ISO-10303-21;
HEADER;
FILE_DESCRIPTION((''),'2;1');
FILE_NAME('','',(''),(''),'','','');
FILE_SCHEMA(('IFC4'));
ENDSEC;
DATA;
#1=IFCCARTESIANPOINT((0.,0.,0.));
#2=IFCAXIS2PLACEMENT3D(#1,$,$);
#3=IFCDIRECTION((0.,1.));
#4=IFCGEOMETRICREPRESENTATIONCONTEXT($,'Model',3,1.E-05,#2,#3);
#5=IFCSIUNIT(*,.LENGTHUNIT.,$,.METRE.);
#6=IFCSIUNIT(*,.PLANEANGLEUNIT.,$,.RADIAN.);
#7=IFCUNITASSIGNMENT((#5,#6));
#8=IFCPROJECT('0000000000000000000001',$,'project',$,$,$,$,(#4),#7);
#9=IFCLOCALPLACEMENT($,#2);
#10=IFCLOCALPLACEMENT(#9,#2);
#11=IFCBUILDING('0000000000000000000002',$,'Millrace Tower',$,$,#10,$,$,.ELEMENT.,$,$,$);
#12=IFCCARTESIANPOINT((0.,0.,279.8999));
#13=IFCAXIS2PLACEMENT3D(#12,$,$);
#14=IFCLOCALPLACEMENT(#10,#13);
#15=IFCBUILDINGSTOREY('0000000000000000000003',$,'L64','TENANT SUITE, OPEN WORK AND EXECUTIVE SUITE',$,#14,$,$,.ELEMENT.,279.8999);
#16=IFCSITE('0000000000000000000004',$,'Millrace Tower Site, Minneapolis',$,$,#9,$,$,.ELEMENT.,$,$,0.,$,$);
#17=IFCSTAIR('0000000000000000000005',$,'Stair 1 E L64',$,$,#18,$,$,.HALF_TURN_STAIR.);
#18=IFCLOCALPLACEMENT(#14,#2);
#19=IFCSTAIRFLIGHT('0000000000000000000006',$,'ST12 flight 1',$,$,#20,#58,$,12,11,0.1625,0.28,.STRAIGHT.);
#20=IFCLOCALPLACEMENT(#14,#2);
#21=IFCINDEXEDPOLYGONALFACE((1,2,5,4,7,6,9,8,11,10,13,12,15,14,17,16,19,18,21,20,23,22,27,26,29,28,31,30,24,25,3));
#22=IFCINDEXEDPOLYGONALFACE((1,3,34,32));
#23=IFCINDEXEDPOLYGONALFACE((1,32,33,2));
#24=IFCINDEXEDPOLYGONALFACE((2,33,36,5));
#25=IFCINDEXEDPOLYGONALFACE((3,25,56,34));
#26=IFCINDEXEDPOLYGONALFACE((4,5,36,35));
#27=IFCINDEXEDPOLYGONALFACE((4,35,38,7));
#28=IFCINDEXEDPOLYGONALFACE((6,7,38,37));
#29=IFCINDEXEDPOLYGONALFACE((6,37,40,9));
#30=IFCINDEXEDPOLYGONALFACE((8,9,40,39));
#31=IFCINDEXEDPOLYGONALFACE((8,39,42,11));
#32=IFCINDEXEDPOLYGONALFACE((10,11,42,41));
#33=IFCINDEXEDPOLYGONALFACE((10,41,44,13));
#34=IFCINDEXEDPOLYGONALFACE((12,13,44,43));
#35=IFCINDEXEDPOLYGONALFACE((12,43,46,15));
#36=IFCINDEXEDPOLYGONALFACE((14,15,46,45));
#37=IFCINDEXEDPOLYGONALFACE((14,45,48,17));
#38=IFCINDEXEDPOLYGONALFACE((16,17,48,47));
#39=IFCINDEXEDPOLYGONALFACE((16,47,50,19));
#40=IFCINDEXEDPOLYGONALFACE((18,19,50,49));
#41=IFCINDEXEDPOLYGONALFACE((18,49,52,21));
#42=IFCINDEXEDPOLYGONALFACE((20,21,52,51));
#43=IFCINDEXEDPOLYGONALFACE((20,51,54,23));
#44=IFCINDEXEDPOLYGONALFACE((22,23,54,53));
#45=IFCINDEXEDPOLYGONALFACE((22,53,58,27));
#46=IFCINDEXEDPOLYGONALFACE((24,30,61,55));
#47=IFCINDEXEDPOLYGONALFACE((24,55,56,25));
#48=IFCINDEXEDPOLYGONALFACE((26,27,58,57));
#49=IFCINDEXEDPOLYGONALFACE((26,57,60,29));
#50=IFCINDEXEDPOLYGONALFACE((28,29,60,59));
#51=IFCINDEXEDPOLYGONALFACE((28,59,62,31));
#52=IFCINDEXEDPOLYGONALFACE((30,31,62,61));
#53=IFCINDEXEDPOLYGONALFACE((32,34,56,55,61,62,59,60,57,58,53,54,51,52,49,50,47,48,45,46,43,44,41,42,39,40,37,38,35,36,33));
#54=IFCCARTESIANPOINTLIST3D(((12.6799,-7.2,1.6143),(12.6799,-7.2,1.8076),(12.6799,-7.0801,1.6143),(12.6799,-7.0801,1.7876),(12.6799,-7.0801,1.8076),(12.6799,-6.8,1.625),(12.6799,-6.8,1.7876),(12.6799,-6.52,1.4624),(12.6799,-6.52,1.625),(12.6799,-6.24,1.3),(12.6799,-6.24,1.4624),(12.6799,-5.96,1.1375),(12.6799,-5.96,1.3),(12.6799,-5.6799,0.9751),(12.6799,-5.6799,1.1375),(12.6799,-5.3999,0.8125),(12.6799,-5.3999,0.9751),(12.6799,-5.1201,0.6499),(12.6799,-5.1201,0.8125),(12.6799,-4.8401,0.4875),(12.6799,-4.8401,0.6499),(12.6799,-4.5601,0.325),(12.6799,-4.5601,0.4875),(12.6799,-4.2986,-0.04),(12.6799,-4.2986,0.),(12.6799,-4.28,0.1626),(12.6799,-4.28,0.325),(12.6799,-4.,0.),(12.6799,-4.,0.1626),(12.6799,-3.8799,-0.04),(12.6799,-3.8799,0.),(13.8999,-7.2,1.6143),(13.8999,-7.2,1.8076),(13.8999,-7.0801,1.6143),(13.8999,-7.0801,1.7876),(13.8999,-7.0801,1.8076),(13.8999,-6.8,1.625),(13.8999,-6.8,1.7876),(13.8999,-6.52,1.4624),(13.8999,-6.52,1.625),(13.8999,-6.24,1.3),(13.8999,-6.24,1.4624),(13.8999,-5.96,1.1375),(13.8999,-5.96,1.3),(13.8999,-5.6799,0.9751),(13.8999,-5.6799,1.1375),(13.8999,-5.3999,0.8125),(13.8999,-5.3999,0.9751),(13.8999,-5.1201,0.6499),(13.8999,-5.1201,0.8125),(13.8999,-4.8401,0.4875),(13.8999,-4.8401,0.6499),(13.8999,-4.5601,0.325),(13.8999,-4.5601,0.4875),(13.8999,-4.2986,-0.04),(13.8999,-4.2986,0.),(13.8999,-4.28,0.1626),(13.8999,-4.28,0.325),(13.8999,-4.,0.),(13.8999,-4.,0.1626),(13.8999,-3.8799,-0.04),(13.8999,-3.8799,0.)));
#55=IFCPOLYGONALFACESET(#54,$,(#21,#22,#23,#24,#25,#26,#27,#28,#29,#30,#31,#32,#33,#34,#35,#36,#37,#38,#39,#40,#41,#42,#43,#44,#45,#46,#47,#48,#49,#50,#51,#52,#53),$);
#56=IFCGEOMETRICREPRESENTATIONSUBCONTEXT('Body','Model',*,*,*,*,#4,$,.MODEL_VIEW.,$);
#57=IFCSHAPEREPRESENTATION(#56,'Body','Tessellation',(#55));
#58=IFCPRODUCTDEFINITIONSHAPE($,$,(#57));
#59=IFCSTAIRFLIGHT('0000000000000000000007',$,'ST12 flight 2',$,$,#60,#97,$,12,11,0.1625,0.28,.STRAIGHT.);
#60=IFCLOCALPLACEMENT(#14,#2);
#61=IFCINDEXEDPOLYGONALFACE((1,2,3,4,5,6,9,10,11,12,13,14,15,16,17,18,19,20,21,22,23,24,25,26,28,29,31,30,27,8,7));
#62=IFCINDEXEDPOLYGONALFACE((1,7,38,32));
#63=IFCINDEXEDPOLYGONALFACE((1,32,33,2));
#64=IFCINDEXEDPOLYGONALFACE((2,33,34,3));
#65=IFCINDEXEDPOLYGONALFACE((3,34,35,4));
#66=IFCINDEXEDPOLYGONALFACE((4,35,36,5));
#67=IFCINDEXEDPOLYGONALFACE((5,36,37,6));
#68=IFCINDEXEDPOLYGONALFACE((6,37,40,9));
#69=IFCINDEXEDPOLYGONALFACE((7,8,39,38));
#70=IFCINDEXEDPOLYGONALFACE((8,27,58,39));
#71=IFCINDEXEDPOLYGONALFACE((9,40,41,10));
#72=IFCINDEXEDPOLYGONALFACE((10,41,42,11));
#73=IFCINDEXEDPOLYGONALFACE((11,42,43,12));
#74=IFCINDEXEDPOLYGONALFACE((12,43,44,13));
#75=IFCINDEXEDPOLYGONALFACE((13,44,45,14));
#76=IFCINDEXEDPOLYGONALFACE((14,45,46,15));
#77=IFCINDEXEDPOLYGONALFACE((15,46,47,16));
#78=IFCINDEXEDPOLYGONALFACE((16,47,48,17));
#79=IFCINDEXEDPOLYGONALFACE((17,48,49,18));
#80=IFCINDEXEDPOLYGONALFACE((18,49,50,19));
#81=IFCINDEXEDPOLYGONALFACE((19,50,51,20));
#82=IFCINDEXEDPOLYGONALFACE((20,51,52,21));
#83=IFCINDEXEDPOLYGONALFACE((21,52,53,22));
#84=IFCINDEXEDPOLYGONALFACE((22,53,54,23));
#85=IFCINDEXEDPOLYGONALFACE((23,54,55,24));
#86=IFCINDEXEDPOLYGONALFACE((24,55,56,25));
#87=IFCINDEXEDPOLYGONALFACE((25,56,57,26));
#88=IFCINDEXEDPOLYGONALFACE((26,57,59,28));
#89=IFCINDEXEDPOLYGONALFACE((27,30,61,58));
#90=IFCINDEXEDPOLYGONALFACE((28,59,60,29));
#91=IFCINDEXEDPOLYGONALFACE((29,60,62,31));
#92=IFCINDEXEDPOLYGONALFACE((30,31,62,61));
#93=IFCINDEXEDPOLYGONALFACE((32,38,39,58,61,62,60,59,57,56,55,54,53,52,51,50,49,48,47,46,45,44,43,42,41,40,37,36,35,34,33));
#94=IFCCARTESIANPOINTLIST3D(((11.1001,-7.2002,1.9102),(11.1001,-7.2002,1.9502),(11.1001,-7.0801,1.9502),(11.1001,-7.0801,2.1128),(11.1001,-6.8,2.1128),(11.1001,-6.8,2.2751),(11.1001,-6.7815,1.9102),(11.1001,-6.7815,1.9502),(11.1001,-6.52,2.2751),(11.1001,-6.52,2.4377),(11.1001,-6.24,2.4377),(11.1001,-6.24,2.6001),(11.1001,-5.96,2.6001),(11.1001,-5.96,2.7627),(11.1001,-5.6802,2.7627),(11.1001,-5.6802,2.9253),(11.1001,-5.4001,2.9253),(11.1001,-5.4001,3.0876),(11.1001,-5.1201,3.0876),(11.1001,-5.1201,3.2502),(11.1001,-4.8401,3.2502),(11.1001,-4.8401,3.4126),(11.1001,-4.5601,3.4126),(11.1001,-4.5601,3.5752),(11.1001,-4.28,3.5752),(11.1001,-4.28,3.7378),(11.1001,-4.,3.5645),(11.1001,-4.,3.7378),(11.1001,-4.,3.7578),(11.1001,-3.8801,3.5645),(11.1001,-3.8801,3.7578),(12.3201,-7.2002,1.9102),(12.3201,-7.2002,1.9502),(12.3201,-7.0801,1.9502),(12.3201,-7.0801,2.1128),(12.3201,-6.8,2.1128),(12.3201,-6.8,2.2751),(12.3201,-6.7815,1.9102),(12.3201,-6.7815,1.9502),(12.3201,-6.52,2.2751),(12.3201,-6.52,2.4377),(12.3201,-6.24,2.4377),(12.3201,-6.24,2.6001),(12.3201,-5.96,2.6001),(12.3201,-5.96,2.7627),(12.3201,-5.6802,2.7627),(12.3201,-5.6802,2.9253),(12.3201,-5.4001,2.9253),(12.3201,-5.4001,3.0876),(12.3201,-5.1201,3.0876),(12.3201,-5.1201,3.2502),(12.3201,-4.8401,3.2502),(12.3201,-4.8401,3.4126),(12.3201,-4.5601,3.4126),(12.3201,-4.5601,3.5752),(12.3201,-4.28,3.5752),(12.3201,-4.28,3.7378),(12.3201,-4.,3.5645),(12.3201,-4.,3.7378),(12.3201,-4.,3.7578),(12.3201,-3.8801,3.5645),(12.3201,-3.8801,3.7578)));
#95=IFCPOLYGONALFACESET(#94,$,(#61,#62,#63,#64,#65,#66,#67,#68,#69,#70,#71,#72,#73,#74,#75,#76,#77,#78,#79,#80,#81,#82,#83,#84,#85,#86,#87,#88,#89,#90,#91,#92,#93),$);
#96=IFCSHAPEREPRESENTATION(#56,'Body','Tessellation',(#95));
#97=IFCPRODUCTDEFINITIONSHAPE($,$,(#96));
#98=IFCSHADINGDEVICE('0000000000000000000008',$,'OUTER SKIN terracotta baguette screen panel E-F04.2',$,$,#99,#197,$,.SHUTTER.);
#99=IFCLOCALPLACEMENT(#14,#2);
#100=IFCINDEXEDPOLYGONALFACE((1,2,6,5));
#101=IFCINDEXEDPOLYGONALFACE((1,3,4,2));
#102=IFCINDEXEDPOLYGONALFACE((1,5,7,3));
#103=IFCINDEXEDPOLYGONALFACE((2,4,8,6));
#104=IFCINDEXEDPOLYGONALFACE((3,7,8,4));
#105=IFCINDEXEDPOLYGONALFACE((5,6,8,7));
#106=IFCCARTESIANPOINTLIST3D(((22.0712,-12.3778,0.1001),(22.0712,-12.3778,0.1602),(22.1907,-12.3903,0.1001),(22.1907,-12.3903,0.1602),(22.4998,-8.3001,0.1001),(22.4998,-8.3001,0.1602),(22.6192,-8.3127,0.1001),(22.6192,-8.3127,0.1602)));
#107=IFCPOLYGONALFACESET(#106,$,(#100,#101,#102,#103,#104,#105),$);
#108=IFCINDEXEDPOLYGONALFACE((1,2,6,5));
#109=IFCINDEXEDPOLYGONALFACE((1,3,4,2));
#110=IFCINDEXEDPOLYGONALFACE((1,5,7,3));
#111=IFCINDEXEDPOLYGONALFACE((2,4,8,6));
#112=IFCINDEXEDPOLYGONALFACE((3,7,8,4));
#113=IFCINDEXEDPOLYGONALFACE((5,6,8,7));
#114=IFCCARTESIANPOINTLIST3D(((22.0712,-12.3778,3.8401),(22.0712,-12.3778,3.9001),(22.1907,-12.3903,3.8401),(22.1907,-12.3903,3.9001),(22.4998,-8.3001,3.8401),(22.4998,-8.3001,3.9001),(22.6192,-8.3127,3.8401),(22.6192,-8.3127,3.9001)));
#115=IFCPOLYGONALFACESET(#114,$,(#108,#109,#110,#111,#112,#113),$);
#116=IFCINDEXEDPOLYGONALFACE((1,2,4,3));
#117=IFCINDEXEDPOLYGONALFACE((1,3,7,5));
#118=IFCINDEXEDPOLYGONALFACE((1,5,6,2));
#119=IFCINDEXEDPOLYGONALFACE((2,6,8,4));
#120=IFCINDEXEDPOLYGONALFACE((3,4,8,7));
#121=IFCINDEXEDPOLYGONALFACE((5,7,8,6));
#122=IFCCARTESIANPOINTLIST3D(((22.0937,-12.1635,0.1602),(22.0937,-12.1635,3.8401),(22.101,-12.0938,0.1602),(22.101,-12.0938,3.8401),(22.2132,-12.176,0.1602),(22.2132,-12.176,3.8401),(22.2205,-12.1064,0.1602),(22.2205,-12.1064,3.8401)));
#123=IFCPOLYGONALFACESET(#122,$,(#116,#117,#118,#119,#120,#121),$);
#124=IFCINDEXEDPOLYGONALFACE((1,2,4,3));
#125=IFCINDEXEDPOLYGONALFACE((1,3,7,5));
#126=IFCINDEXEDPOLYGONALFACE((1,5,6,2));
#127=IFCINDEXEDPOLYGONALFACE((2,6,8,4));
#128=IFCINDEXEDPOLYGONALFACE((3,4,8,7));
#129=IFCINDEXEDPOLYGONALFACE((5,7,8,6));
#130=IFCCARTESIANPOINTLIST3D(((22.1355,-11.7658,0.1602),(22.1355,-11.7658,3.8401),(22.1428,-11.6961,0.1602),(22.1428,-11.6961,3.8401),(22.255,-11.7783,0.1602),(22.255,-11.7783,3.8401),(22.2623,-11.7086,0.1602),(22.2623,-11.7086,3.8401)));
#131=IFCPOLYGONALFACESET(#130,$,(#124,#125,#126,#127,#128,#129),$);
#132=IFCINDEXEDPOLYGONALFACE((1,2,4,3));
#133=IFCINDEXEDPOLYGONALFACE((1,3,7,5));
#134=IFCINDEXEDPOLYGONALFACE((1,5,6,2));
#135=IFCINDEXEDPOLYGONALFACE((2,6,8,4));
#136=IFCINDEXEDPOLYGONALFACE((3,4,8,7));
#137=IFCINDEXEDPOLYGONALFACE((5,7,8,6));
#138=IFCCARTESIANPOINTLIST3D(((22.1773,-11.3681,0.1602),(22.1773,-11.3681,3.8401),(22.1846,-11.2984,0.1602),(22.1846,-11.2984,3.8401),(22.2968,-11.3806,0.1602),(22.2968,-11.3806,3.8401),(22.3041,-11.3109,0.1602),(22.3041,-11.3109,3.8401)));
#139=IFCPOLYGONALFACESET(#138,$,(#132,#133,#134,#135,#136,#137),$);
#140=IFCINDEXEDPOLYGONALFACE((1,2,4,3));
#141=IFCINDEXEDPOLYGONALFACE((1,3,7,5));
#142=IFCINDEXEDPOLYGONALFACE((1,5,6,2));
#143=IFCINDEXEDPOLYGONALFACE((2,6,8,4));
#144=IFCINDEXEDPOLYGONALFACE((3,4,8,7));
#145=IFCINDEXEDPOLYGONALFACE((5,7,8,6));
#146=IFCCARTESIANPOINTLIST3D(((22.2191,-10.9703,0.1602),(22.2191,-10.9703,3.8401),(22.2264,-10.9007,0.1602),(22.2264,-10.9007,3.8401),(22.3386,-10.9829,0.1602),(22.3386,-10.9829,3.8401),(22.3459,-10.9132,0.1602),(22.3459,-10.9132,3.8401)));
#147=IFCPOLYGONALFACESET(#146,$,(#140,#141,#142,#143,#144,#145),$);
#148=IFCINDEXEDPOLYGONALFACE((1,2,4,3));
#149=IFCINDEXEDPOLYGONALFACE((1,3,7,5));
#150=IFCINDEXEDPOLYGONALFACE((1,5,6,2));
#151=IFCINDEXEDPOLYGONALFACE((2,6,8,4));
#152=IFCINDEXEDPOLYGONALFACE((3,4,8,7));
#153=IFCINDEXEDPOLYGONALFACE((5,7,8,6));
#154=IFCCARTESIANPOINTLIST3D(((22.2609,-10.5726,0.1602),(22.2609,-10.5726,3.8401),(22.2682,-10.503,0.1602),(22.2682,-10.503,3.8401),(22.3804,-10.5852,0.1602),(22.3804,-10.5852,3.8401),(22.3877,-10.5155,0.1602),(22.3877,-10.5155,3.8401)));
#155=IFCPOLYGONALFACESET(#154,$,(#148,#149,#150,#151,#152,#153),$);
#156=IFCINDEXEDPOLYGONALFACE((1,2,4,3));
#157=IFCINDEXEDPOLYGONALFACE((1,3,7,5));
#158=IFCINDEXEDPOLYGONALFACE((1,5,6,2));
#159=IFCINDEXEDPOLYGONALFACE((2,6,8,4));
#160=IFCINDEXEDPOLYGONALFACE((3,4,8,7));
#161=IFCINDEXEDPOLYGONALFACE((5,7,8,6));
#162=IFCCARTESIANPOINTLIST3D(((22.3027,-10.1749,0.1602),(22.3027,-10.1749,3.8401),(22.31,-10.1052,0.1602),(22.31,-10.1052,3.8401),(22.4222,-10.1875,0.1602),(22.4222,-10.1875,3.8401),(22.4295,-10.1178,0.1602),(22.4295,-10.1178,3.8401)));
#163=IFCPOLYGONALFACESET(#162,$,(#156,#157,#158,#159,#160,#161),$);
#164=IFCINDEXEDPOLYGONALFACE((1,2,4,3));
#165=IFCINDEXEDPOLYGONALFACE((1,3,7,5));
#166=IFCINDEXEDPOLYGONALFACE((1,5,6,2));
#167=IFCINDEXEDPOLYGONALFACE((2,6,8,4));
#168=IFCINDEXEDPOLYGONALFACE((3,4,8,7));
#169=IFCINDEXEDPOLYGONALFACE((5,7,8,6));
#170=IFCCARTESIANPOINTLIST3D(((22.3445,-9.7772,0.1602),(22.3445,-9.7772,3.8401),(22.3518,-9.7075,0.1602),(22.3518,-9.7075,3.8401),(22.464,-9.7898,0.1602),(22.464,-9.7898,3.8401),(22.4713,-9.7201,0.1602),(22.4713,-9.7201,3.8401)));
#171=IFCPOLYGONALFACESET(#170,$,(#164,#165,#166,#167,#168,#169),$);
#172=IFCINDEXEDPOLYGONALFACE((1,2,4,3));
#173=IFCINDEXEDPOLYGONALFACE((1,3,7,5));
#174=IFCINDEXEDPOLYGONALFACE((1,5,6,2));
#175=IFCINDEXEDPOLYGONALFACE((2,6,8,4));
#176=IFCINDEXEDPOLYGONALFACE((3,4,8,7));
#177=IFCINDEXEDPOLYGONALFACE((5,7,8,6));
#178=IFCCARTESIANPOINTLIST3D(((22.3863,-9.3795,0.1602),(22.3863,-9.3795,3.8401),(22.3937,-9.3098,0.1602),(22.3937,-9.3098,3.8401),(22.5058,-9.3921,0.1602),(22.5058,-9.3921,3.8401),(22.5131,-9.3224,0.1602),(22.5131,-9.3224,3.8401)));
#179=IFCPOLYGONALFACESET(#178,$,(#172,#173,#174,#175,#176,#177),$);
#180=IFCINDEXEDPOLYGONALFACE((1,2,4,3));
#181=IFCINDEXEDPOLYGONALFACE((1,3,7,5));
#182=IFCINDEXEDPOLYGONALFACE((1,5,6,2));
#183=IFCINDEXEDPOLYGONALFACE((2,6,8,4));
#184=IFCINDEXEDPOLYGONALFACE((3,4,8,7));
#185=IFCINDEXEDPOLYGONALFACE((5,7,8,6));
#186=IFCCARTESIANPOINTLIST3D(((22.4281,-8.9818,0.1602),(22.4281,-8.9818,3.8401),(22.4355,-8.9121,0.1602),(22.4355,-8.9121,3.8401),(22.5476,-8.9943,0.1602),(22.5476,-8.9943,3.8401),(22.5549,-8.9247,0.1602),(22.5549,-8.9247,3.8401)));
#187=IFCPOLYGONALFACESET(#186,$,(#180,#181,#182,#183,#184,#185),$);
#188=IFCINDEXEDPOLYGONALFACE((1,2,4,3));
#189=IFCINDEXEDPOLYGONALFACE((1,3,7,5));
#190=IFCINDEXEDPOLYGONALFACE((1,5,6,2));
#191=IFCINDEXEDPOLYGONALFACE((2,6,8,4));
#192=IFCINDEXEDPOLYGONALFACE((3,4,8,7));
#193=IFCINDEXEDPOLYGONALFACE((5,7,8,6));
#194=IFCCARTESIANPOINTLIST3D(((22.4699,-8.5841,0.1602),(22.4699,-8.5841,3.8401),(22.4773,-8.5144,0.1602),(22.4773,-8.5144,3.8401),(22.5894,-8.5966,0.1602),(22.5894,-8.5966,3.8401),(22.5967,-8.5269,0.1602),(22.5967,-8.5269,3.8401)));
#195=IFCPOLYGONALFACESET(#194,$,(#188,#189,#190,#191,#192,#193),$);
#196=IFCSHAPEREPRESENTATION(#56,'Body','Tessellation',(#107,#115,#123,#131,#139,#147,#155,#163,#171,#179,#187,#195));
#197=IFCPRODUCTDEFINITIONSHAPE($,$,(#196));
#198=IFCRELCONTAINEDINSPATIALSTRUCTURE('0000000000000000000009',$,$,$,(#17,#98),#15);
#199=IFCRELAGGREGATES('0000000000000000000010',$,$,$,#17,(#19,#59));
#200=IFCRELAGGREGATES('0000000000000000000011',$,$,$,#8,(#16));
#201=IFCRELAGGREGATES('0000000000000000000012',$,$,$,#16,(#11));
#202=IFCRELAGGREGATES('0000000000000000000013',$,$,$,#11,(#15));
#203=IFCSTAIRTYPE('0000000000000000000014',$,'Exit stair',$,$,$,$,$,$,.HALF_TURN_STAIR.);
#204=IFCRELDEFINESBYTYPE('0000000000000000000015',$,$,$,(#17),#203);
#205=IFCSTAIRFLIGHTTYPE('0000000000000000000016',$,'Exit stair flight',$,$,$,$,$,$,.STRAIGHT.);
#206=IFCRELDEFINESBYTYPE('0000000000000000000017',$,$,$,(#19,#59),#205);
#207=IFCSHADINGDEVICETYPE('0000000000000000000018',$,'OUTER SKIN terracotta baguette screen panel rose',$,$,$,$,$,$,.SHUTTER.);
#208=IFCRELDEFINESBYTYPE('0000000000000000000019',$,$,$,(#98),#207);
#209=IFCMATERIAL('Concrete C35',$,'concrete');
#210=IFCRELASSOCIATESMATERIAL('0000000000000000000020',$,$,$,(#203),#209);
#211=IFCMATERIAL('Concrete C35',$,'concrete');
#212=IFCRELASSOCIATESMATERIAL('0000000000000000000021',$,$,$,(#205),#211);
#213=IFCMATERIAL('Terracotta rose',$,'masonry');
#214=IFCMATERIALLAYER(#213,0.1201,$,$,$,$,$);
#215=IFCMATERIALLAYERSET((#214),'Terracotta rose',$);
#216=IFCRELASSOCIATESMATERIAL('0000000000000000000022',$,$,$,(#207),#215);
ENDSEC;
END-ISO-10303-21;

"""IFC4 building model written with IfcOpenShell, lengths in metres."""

from ifc_helpers import new_model, entity, si_unit, direction, frame, frame_2d, origin, place, context, subcontext, project, spatial, polyline, rectangle, outline, extrude, source, transform, mapped, material, layer, layer_set, type_object, element, aggregate, save


model = new_model("IFC4")

# Units and contexts
model_context = context("Model", 3, precision=1e-05, world=origin(), true_north=direction((0.0, 1.0)))
body_context = subcontext(model_context, "Body", "Model", "MODEL_VIEW")
ifc_project = project(units=[si_unit("LENGTHUNIT", "METRE"), si_unit("PLANEANGLEUNIT", "RADIAN")], contexts=[model_context])

# Site, building, storey
site_placement = place(None, origin())
site = spatial("IfcSite", under=ifc_project, at=site_placement, Name="Millrace Tower Site, Minneapolis", CompositionType="ELEMENT", RefElevation=0.0)
building_placement = place(site_placement, origin())
building = spatial("IfcBuilding", under=site, at=building_placement, Name="Millrace Tower", CompositionType="ELEMENT")
storey_placement = place(building_placement, frame((0.0, 0.0, 279.8999)))
storey = spatial("IfcBuildingStorey", under=building, at=storey_placement, Name="L64", Description="TENANT SUITE, OPEN WORK AND EXECUTIVE SUITE", CompositionType="ELEMENT", Elevation=279.8999)

# Shared definitions
placement = place(storey_placement, origin())

# Stair, stair flights
ifc_material_1 = material(Name="Concrete C35", Category="concrete")
stair_type = type_object("IfcStairType", Name="Exit stair", PredefinedType="HALF_TURN_STAIR", material=ifc_material_1)
stair = element("IfcStair", 1, at=placement, inside=storey, type_object=stair_type, Name="Stair 1 E L64", PredefinedType="HALF_TURN_STAIR")
ifc_material_2 = material(Name="Concrete C35", Category="concrete")
stair_flight_type = type_object("IfcStairFlightType", Name="Exit stair flight", PredefinedType="STRAIGHT", material=ifc_material_2)
stair_flight_1_placement = place(storey_placement, frame((13.29, -4.0, 0.0), z_axis=(0.0, 0.0, 1.0), x_axis=(0.0, -1.0, 0.0)))
stair_flight_1 = element("IfcStairFlight", 2, at=stair_flight_1_placement, type_object=stair_flight_type, Name="ST12 flight 1", NumberOfRisers=12, NumberOfTreads=11, PredefinedType="STRAIGHT", RiserHeight=0.1625, TreadLength=0.28, context=body_context, shape_type="SweptSolid", body=[
    extrude(outline(polyline([(-0.1201, -0.04), (-0.1201, 0.0), (0.0, 0.0), (0.0, 0.1626), (0.28, 0.1626), (0.28, 0.325), (0.5601, 0.325), (0.5601, 0.4875), (0.8401, 0.4875), (0.8401, 0.6499), (1.1201, 0.6499), (1.1201, 0.8125), (1.3999, 0.8125), (1.3999, 0.9751), (1.6799, 0.9751), (1.6799, 1.1375), (1.96, 1.1375), (1.96, 1.3), (2.24, 1.3), (2.24, 1.4624), (2.52, 1.4624), (2.52, 1.625), (2.8, 1.625), (2.8, 1.7876), (3.0801, 1.7876), (3.0801, 1.8076), (3.2, 1.8076), (3.2, 1.6143), (3.0801, 1.6143), (0.2986, 0.0), (0.2986, -0.04), (-0.1201, -0.04)])), frame((0.0, 0.6099, 0.0), z_axis=(0.0, -1.0, 0.0), x_axis=(1.0, 0.0, 0.0)), (0.0, 0.0, 1.0), 1.22),
])
stair_flight_2_placement = place(storey_placement, frame((11.71, -7.0801, 1.9502), z_axis=(0.0, 0.0, 1.0), x_axis=(0.0, 1.0, 0.0)))
stair_flight_2 = element("IfcStairFlight", 3, at=stair_flight_2_placement, type_object=stair_flight_type, Name="ST12 flight 2", NumberOfRisers=12, NumberOfTreads=11, PredefinedType="STRAIGHT", RiserHeight=0.1625, TreadLength=0.28, context=body_context, shape_type="SweptSolid", body=[
    extrude(outline(polyline([(-0.1201, -0.04), (-0.1201, 0.0), (0.0, 0.0), (0.0, 0.1626), (0.28, 0.1626), (0.28, 0.325), (0.5601, 0.325), (0.5601, 0.4875), (0.8401, 0.4875), (0.8401, 0.6499), (1.1201, 0.6499), (1.1201, 0.8125), (1.3999, 0.8125), (1.3999, 0.9751), (1.6799, 0.9751), (1.6799, 1.1375), (1.96, 1.1375), (1.96, 1.3), (2.24, 1.3), (2.24, 1.4624), (2.52, 1.4624), (2.52, 1.625), (2.8, 1.625), (2.8, 1.7876), (3.0801, 1.7876), (3.0801, 1.8076), (3.2, 1.8076), (3.2, 1.6143), (3.0801, 1.6143), (0.2986, 0.0), (0.2986, -0.04), (-0.1201, -0.04)])), frame((0.0, 0.6099, 0.0), z_axis=(0.0, -1.0, 0.0), x_axis=(1.0, 0.0, 0.0)), (0.0, 0.0, 1.0), 1.22),
])
aggregate(stair, [stair_flight_1, stair_flight_2])

# Shading device
ifc_material_3 = material(Name="Terracotta rose", Category="masonry")
ifc_layer_1 = layer(ifc_material_3, 0.1201)
ifc_layer_set_1 = layer_set([ifc_layer_1], Name="Terracotta rose")
shading_device_type = type_object("IfcShadingDeviceType", Name="OUTER SKIN terracotta baguette screen panel rose", PredefinedType="SHUTTER", material=ifc_layer_set_1)
cartesian_point = entity("IfcCartesianPoint", [-2.05, 0.0601])
shared_polyline = entity("IfcPolyline", [cartesian_point, entity("IfcCartesianPoint", [2.05, 0.0601]), entity("IfcCartesianPoint", [2.05, -0.0601]), entity("IfcCartesianPoint", [-2.05, -0.0601]), cartesian_point])
shared_shape = source(origin(), body_context, "Body", "SweptSolid", [
    entity("IfcExtrudedAreaSolid", entity("IfcArbitraryClosedProfileDef", "AREA", None, shared_polyline), entity("IfcAxis2Placement3D", entity("IfcCartesianPoint", [0.0, 0.0, 0.0])), entity("IfcDirection", [0.0, 0.0, 1.0]), 0.0601),
    entity("IfcExtrudedAreaSolid", entity("IfcArbitraryClosedProfileDef", "AREA", None, shared_polyline), entity("IfcAxis2Placement3D", entity("IfcCartesianPoint", [0.0, 0.0, 3.74])), entity("IfcDirection", [0.0, 0.0, 1.0]), 0.0601),
    extrude(rectangle(XDim=0.0701, YDim=0.1201, at=frame_2d((-1.7996, 0.0))), frame((0.0, 0.0, 0.0601)), (0.0, 0.0, 1.0), 3.6799),
    extrude(rectangle(XDim=0.0701, YDim=0.1201, at=frame_2d((-1.3997, 0.0))), frame((0.0, 0.0, 0.0601)), (0.0, 0.0, 1.0), 3.6799),
    extrude(rectangle(XDim=0.0701, YDim=0.1201, at=frame_2d((-0.9998, 0.0))), frame((0.0, 0.0, 0.0601)), (0.0, 0.0, 1.0), 3.6799),
    extrude(rectangle(XDim=0.0701, YDim=0.1201, at=frame_2d((-0.5999, 0.0))), frame((0.0, 0.0, 0.0601)), (0.0, 0.0, 1.0), 3.6799),
    extrude(rectangle(XDim=0.0701, YDim=0.1201, at=frame_2d((-0.2, 0.0))), frame((0.0, 0.0, 0.0601)), (0.0, 0.0, 1.0), 3.6799),
    extrude(rectangle(XDim=0.0701, YDim=0.1201, at=frame_2d((0.2, 0.0))), frame((0.0, 0.0, 0.0601)), (0.0, 0.0, 1.0), 3.6799),
    extrude(rectangle(XDim=0.0701, YDim=0.1201, at=frame_2d((0.5999, 0.0))), frame((0.0, 0.0, 0.0601)), (0.0, 0.0, 1.0), 3.6799),
    extrude(rectangle(XDim=0.0701, YDim=0.1201, at=frame_2d((0.9998, 0.0))), frame((0.0, 0.0, 0.0601)), (0.0, 0.0, 1.0), 3.6799),
    extrude(rectangle(XDim=0.0701, YDim=0.1201, at=frame_2d((1.3997, 0.0))), frame((0.0, 0.0, 0.0601)), (0.0, 0.0, 1.0), 3.6799),
    extrude(rectangle(XDim=0.0701, YDim=0.1201, at=frame_2d((1.7996, 0.0))), frame((0.0, 0.0, 0.0601)), (0.0, 0.0, 1.0), 3.6799),
])
for number, where, z_axis, x_axis, name in (
    (4, (22.3452, -10.3452, 0.1001), (0.0, 0.0, 1.0), (0.104528, 0.994522, 0.0), "OUTER SKIN terracotta baguette screen panel E-F04.2"),
):
    element("IfcShadingDevice", number, at=place(storey_placement, frame(where, z_axis=z_axis, x_axis=x_axis)), inside=storey, type_object=shading_device_type, Name=name, PredefinedType="SHUTTER", context=body_context, shape_type="MappedRepresentation", body=[
        mapped(shared_shape, transform((0.0, 0.0, 0.0), scale=1.0)),
    ])

save(model, "model.ifc")
